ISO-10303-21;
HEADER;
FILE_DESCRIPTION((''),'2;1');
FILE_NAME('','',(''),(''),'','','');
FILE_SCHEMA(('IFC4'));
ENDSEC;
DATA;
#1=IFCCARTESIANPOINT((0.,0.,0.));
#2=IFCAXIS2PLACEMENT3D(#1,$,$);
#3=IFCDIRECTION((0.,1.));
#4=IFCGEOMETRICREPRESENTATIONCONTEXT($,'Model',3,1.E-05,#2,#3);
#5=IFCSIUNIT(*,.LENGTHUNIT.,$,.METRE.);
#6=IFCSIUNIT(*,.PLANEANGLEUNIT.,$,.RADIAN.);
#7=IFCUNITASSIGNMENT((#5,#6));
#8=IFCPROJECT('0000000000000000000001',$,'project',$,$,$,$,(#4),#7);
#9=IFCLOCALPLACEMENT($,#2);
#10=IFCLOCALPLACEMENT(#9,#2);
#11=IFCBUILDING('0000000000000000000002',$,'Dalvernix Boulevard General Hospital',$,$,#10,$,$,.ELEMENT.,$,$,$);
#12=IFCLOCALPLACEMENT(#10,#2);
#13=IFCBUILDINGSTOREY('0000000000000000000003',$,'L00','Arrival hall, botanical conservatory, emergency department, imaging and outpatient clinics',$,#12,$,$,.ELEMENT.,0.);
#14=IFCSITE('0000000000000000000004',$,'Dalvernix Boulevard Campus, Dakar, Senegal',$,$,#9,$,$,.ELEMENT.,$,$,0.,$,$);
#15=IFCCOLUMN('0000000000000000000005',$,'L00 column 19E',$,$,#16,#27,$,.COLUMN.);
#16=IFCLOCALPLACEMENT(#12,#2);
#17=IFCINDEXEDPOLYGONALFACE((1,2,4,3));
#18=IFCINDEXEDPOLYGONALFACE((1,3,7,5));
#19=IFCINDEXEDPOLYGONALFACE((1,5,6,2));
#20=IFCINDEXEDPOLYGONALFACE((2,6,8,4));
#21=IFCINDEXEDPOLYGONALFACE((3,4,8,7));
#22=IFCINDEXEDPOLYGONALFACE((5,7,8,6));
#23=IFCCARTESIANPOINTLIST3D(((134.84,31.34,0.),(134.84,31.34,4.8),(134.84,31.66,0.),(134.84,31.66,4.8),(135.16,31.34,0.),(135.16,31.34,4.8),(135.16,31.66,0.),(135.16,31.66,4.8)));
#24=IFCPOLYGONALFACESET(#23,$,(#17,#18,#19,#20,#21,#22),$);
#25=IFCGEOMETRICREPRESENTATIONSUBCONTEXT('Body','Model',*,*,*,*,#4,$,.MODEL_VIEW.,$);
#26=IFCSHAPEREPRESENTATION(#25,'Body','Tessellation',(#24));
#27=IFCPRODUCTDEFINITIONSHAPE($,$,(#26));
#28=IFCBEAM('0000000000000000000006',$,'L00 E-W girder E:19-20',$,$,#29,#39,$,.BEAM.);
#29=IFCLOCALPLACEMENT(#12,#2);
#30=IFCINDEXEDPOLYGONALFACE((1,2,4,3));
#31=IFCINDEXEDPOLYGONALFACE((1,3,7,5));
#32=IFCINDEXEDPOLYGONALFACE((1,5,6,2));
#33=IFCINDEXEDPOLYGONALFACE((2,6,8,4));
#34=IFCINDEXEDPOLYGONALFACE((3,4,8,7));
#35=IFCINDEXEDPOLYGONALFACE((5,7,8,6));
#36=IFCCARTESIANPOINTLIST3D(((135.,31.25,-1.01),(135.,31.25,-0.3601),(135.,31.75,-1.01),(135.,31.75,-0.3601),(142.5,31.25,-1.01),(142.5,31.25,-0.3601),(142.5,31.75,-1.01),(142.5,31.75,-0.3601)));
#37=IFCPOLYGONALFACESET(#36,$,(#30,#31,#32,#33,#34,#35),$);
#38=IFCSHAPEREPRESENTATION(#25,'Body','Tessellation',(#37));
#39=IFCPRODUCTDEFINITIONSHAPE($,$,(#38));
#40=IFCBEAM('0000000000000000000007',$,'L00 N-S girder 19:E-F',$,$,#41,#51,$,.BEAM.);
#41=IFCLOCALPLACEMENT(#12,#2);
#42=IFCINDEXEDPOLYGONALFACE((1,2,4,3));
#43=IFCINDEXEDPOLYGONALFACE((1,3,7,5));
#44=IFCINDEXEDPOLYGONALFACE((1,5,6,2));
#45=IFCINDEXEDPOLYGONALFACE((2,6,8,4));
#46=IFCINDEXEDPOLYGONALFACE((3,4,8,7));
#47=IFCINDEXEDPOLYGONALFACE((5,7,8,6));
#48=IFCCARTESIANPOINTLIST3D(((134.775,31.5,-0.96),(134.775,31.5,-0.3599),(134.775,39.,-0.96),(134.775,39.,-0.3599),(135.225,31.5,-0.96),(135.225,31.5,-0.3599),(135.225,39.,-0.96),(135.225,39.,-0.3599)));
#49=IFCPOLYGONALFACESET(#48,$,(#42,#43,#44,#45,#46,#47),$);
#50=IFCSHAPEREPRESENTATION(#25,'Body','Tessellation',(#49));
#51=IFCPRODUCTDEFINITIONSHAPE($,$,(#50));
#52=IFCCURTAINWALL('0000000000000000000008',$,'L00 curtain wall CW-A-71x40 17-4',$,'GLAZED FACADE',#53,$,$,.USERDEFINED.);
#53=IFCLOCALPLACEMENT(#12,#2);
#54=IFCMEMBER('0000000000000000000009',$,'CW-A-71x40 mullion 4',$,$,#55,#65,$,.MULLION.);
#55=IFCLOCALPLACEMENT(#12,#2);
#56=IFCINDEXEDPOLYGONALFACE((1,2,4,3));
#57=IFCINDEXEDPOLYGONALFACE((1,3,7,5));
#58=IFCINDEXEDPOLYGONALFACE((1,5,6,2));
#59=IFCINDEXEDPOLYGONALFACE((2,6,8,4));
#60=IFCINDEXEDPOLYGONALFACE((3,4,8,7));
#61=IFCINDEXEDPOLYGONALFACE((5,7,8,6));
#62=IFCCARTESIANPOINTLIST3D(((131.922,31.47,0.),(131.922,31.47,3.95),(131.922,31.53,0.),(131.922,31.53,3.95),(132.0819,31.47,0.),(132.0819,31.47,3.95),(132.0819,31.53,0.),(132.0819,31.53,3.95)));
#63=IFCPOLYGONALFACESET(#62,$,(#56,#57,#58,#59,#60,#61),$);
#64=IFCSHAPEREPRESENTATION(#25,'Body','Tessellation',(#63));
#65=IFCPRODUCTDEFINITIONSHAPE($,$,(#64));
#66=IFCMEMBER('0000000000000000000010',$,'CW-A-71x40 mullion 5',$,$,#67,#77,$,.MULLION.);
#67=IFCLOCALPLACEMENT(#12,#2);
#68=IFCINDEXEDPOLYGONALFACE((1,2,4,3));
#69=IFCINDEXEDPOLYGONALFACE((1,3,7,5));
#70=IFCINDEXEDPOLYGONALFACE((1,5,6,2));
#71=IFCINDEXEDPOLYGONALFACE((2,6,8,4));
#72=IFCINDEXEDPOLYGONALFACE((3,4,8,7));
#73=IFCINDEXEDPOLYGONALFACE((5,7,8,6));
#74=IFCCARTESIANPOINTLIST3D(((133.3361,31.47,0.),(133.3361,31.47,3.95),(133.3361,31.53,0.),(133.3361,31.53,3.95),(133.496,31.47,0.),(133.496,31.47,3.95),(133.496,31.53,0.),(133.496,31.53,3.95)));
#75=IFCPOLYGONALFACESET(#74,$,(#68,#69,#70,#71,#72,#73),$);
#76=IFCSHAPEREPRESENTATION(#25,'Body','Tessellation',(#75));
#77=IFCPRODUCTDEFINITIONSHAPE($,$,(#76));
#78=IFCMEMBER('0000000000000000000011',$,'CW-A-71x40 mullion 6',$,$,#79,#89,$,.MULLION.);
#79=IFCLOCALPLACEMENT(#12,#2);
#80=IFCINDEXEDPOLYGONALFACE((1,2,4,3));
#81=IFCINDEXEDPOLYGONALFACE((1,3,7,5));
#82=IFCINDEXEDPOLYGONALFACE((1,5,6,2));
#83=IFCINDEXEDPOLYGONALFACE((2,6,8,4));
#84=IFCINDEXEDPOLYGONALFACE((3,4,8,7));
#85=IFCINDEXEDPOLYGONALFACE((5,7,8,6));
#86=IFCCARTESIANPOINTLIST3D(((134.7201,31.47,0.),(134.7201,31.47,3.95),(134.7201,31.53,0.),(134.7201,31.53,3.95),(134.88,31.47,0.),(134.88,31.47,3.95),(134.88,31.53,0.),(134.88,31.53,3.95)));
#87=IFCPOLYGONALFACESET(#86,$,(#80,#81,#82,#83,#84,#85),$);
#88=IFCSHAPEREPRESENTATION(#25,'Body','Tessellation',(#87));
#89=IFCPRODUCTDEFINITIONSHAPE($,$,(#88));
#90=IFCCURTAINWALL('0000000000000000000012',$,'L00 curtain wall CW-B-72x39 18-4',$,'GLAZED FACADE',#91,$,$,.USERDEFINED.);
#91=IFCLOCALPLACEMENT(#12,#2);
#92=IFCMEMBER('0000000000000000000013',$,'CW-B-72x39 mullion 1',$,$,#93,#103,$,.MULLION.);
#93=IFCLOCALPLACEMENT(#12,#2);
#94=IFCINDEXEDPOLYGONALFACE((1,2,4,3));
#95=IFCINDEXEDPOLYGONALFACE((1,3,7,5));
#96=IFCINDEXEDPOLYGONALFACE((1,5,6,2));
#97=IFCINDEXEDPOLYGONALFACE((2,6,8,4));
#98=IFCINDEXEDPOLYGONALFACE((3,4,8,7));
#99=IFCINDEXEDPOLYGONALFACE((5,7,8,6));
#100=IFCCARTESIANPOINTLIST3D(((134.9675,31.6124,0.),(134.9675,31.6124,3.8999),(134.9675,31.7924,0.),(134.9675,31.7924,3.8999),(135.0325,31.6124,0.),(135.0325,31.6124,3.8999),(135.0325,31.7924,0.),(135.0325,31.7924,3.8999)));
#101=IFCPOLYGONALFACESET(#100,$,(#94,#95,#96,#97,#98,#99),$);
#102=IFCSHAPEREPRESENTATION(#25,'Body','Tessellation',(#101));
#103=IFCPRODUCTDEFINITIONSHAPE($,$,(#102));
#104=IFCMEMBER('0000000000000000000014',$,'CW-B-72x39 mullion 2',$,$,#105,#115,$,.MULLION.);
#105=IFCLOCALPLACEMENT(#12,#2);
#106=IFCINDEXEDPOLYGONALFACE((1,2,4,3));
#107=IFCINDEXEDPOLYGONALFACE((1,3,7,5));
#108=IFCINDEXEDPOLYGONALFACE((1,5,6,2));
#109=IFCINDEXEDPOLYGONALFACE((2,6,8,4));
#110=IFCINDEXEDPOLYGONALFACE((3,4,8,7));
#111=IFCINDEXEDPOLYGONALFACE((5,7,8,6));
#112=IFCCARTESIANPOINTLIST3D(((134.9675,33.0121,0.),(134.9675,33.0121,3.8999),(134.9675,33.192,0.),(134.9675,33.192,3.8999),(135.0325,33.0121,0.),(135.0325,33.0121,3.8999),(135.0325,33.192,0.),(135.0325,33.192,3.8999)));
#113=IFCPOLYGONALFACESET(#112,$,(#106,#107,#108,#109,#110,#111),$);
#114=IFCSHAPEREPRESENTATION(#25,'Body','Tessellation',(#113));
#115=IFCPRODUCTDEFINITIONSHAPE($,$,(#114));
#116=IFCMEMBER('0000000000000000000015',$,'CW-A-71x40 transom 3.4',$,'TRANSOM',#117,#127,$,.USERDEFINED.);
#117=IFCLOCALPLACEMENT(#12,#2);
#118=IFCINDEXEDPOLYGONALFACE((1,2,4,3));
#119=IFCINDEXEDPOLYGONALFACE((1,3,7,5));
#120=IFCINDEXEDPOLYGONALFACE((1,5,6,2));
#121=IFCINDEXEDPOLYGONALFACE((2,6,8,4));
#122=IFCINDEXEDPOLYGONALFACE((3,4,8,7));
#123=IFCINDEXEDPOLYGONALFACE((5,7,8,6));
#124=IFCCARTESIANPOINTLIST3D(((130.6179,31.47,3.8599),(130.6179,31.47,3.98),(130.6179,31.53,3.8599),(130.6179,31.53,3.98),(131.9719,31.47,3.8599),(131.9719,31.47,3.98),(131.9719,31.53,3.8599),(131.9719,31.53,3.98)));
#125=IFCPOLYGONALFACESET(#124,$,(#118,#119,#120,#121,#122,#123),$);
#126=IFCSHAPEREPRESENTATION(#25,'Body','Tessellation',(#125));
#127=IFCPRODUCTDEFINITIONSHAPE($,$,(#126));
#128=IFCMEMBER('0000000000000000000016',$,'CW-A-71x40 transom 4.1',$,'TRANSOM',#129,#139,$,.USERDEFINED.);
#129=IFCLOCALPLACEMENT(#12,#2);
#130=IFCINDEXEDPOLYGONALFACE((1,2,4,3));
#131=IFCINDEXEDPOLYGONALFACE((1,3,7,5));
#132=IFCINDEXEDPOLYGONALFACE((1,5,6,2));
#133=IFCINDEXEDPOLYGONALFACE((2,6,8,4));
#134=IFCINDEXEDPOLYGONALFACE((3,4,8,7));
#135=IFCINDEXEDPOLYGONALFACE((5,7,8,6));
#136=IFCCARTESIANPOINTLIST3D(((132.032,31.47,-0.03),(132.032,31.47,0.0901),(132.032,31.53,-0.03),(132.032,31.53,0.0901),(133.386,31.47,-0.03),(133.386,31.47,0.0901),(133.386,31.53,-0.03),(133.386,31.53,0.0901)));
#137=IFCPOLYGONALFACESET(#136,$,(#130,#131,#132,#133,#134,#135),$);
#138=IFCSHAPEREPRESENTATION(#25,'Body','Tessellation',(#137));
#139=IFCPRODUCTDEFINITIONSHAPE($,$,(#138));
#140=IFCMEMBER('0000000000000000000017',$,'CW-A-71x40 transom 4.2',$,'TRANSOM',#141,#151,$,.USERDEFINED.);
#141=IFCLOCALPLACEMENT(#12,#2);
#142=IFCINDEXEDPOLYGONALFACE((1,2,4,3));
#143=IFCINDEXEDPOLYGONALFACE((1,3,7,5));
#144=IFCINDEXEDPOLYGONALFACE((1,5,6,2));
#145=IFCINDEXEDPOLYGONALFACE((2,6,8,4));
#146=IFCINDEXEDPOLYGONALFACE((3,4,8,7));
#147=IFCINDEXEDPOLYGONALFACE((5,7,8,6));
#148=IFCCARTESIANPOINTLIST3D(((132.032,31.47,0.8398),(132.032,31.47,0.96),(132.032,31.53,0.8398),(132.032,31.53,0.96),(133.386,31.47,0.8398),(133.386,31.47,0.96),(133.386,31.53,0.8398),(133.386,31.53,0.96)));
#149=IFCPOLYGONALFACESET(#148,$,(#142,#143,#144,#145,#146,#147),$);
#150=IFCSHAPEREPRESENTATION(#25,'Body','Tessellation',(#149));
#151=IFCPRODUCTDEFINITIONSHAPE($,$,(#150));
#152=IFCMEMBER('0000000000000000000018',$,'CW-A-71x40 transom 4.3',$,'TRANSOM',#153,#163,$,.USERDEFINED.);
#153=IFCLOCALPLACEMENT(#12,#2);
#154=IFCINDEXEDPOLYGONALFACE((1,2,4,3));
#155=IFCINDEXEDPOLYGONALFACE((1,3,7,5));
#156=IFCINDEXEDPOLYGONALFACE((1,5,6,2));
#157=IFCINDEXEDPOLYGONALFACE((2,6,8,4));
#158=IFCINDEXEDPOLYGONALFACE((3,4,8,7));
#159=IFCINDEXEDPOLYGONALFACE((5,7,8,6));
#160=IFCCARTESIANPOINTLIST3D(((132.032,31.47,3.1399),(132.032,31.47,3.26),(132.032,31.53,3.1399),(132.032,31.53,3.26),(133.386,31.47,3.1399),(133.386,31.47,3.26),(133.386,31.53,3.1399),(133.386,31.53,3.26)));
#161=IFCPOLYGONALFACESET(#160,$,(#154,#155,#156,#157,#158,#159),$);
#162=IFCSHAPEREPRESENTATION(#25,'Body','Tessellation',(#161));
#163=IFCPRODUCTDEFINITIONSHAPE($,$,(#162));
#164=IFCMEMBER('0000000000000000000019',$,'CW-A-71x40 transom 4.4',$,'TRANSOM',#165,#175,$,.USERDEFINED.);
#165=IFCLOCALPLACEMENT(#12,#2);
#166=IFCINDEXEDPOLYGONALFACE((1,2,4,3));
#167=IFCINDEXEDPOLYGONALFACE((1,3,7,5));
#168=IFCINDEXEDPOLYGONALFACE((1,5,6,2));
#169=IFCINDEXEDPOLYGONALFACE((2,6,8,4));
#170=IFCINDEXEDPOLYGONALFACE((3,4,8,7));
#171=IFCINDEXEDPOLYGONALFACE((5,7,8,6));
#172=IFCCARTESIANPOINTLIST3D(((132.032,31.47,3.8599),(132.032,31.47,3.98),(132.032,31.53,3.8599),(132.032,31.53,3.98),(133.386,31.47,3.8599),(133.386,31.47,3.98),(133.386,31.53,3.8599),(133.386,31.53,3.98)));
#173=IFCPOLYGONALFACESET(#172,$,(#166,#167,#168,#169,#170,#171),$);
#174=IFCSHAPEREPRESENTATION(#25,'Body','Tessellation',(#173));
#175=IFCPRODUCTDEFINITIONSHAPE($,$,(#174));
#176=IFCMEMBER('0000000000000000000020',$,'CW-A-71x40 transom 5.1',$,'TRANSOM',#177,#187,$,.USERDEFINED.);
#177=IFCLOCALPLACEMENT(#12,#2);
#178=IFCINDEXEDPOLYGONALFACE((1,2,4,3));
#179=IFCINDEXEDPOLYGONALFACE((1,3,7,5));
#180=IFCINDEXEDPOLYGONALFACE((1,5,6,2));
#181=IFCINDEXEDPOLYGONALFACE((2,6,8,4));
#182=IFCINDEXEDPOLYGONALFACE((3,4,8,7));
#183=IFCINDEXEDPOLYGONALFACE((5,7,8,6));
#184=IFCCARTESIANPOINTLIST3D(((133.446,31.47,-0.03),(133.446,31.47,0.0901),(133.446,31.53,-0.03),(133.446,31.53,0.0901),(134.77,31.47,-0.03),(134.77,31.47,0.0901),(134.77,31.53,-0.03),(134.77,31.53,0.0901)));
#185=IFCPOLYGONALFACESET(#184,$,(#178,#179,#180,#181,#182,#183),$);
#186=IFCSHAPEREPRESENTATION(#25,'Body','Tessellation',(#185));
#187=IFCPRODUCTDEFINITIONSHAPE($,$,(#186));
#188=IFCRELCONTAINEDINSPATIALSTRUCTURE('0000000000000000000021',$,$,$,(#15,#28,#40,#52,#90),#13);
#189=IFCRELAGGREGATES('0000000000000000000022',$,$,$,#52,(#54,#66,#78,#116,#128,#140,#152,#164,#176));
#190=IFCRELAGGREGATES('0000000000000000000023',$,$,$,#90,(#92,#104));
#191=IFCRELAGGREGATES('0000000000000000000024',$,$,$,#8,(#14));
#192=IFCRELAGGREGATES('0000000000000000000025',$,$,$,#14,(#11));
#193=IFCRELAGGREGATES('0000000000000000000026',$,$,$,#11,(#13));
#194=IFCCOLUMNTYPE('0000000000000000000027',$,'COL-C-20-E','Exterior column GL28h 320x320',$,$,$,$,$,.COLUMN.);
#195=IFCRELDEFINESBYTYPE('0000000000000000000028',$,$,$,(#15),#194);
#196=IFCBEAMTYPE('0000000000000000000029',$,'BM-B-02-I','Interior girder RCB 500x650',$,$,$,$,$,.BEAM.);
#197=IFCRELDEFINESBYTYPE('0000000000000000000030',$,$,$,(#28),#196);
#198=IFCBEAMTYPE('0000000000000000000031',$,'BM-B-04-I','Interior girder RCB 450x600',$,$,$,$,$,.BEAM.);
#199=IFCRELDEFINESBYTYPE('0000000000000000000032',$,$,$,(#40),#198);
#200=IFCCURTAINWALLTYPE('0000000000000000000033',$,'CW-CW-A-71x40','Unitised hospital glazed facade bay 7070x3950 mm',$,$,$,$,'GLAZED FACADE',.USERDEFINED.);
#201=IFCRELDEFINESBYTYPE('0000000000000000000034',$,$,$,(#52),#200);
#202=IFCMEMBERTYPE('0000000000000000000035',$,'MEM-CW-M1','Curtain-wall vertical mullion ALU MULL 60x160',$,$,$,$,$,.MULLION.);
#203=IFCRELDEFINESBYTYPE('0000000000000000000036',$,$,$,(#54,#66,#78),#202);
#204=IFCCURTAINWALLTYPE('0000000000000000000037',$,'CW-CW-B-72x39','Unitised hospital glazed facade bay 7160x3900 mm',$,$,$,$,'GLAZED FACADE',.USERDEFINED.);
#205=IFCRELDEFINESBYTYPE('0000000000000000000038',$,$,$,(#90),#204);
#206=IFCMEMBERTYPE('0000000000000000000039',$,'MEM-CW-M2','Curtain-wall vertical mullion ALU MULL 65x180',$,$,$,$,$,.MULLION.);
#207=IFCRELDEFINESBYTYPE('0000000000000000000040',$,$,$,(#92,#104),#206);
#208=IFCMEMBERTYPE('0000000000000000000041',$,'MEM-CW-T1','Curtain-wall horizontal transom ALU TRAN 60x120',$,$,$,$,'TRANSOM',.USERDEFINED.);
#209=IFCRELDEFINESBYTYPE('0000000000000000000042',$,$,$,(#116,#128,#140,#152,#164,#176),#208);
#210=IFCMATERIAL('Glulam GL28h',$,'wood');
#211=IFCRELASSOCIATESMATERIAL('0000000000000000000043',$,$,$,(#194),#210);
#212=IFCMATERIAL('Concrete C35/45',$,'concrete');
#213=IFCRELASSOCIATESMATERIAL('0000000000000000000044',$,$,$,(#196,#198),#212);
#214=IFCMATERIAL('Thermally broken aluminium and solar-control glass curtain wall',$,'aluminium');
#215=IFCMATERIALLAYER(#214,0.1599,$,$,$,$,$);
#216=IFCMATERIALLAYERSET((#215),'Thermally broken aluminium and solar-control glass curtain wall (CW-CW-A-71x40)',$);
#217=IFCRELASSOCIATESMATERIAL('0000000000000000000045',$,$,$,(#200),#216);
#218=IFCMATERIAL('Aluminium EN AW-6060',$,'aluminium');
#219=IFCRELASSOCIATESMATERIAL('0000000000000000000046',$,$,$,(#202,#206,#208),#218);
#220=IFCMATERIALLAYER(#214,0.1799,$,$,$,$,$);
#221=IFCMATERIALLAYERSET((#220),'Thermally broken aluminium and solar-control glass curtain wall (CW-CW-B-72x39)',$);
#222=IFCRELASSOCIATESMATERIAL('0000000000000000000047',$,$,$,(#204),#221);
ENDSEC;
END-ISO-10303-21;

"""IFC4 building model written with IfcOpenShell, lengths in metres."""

from ifc_helpers import new_model, si_unit, direction, frame, origin, origin_2d, place, context, subcontext, project, spatial, rectangle, extrude, material, layer, layer_set, material_profile, profile_set, type_object, element, aggregate, save


model = new_model("IFC4")

# Units and contexts
model_context = context("Model", 3, precision=1e-05, world=origin(), true_north=direction((0.0, 1.0)))
body_context = subcontext(model_context, "Body", "Model", "MODEL_VIEW")
ifc_project = project(units=[si_unit("LENGTHUNIT", "METRE"), si_unit("PLANEANGLEUNIT", "RADIAN")], contexts=[model_context])

# Site, building, storey
site_placement = place(None, origin())
site = spatial("IfcSite", under=ifc_project, at=site_placement, Name="Dalvernix Boulevard Campus, Dakar, Senegal", CompositionType="ELEMENT", RefElevation=0.0)
building_placement = place(site_placement, origin())
building = spatial("IfcBuilding", under=site, at=building_placement, Name="Dalvernix Boulevard General Hospital", CompositionType="ELEMENT")
storey_placement = place(building_placement, origin())
storey = spatial("IfcBuildingStorey", under=building, at=storey_placement, Name="L00", Description="Arrival hall, botanical conservatory, emergency department, imaging and outpatient clinics", CompositionType="ELEMENT", Elevation=0.0)

# Column
ifc_material_1 = material(Name="Glulam GL28h", Category="wood")
ifc_material_profile_1 = material_profile(ifc_material_1, rectangle(XDim=0.3201, YDim=0.3201, at=origin_2d()), Name="GL28h 320x320")
ifc_profile_set_1 = profile_set([ifc_material_profile_1], Name="Glulam GL28h")
column_type = type_object("IfcColumnType", Name="COL-C-20-E", Description="Exterior column GL28h 320x320", PredefinedType="COLUMN", material=ifc_profile_set_1)
column_placement = place(storey_placement, frame((135.0, 31.5, 0.0), z_axis=(0.0, 0.0, 1.0), x_axis=(1.0, 0.0, 0.0)))
element("IfcColumn", 1, at=column_placement, inside=storey, type_object=column_type, Name="L00 column 19E", PredefinedType="COLUMN", context=body_context, shape_type="SweptSolid", body=[
    extrude(rectangle(XDim=0.3201, YDim=0.3201, at=origin_2d()), origin(), (0.0, 0.0, 1.0), 4.8),
])

# Beams
ifc_material_2 = material(Name="Concrete C35/45", Category="concrete")
ifc_material_profile_2 = material_profile(ifc_material_2, rectangle(XDim=0.5, YDim=0.6499, at=origin_2d()), Name="RCB 500x650")
ifc_profile_set_2 = profile_set([ifc_material_profile_2], Name="Concrete C35/45")
beam_type_1 = type_object("IfcBeamType", Name="BM-B-02-I", Description="Interior girder RCB 500x650", PredefinedType="BEAM", material=ifc_profile_set_2)
beam_1_placement = place(storey_placement, frame((135.0, 31.5, -0.6851), z_axis=(1.0, 0.0, 0.0), x_axis=(0.0, 1.0, 0.0)))
element("IfcBeam", 2, at=beam_1_placement, inside=storey, type_object=beam_type_1, Name="L00 E-W girder E:19-20", PredefinedType="BEAM", context=body_context, shape_type="SweptSolid", body=[
    extrude(rectangle(XDim=0.5, YDim=0.6499, at=origin_2d()), origin(), (0.0, 0.0, 1.0), 7.5),
])
ifc_material_profile_3 = material_profile(ifc_material_2, rectangle(XDim=0.45, YDim=0.6001, at=origin_2d()), Name="RCB 450x600")
ifc_profile_set_3 = profile_set([ifc_material_profile_3], Name="Concrete C35/45")
beam_type_2 = type_object("IfcBeamType", Name="BM-B-04-I", Description="Interior girder RCB 450x600", PredefinedType="BEAM", material=ifc_profile_set_3)
beam_2_placement = place(storey_placement, frame((135.0, 31.5, -0.6599), z_axis=(0.0, 1.0, 0.0), x_axis=(-1.0, 0.0, 0.0)))
element("IfcBeam", 3, at=beam_2_placement, inside=storey, type_object=beam_type_2, Name="L00 N-S girder 19:E-F", PredefinedType="BEAM", context=body_context, shape_type="SweptSolid", body=[
    extrude(rectangle(XDim=0.45, YDim=0.6001, at=origin_2d()), origin(), (0.0, 0.0, 1.0), 7.5),
])

# Curtain walls, members
ifc_material_3 = material(Name="Thermally broken aluminium and solar-control glass curtain wall", Category="aluminium")
ifc_layer_1 = layer(ifc_material_3, 0.1599)
ifc_layer_set_1 = layer_set([ifc_layer_1], Name="Thermally broken aluminium and solar-control glass curtain wall (CW-CW-A-71x40)")
curtain_wall_type_1 = type_object("IfcCurtainWallType", Name="CW-CW-A-71x40", Description="Unitised hospital glazed facade bay 7070x3950 mm", ElementType="GLAZED FACADE", PredefinedType="USERDEFINED", material=ifc_layer_set_1)
curtain_wall_1_placement = place(storey_placement, origin())
curtain_wall_1 = element("IfcCurtainWall", 4, at=curtain_wall_1_placement, inside=storey, type_object=curtain_wall_type_1, Name="L00 curtain wall CW-A-71x40 17-4", ObjectType="GLAZED FACADE", PredefinedType="USERDEFINED")
ifc_material_4 = material(Name="Aluminium EN AW-6060", Category="aluminium")
ifc_material_profile_4 = material_profile(ifc_material_4, rectangle(XDim=0.0601, YDim=0.1599, at=origin_2d()), Name="ALU MULL 60x160")
ifc_profile_set_4 = profile_set([ifc_material_profile_4], Name="Aluminium EN AW-6060")
member_type_1 = type_object("IfcMemberType", Name="MEM-CW-M1", Description="Curtain-wall vertical mullion ALU MULL 60x160", PredefinedType="MULLION", material=ifc_profile_set_4)
member_1_placement = place(storey_placement, frame((132.002, 31.5, 0.0), z_axis=(0.0, 0.0, 1.0), x_axis=(0.0, 1.0, 0.0)))
member_1 = element("IfcMember", 5, at=member_1_placement, type_object=member_type_1, Name="CW-A-71x40 mullion 4", PredefinedType="MULLION", context=body_context, shape_type="SweptSolid", body=[
    extrude(rectangle(XDim=0.0601, YDim=0.1599, at=origin_2d()), origin(), (0.0, 0.0, 1.0), 3.95),
])
member_2_placement = place(storey_placement, frame((133.416, 31.5, 0.0), z_axis=(0.0, 0.0, 1.0), x_axis=(0.0, 1.0, 0.0)))
member_2 = element("IfcMember", 6, at=member_2_placement, type_object=member_type_1, Name="CW-A-71x40 mullion 5", PredefinedType="MULLION", context=body_context, shape_type="SweptSolid", body=[
    extrude(rectangle(XDim=0.0601, YDim=0.1599, at=origin_2d()), origin(), (0.0, 0.0, 1.0), 3.95),
])
member_3_placement = place(storey_placement, frame((134.8, 31.5, 0.0), z_axis=(0.0, 0.0, 1.0), x_axis=(0.0, 1.0, 0.0)))
member_3 = element("IfcMember", 7, at=member_3_placement, type_object=member_type_1, Name="CW-A-71x40 mullion 6", PredefinedType="MULLION", context=body_context, shape_type="SweptSolid", body=[
    extrude(rectangle(XDim=0.0601, YDim=0.1599, at=origin_2d()), origin(), (0.0, 0.0, 1.0), 3.95),
])
ifc_layer_2 = layer(ifc_material_3, 0.1799)
ifc_layer_set_2 = layer_set([ifc_layer_2], Name="Thermally broken aluminium and solar-control glass curtain wall (CW-CW-B-72x39)")
curtain_wall_type_2 = type_object("IfcCurtainWallType", Name="CW-CW-B-72x39", Description="Unitised hospital glazed facade bay 7160x3900 mm", ElementType="GLAZED FACADE", PredefinedType="USERDEFINED", material=ifc_layer_set_2)
curtain_wall_2_placement = place(storey_placement, origin())
curtain_wall_2 = element("IfcCurtainWall", 8, at=curtain_wall_2_placement, inside=storey, type_object=curtain_wall_type_2, Name="L00 curtain wall CW-B-72x39 18-4", ObjectType="GLAZED FACADE", PredefinedType="USERDEFINED")
ifc_material_profile_5 = material_profile(ifc_material_4, rectangle(XDim=0.0649, YDim=0.1799, at=origin_2d()), Name="ALU MULL 65x180")
ifc_profile_set_5 = profile_set([ifc_material_profile_5], Name="Aluminium EN AW-6060")
member_type_2 = type_object("IfcMemberType", Name="MEM-CW-M2", Description="Curtain-wall vertical mullion ALU MULL 65x180", PredefinedType="MULLION", material=ifc_profile_set_5)
member_4_placement = place(storey_placement, frame((135.0, 31.7024, 0.0), z_axis=(0.0, 0.0, 1.0), x_axis=(-1.0, 0.0, 0.0)))
member_4 = element("IfcMember", 9, at=member_4_placement, type_object=member_type_2, Name="CW-B-72x39 mullion 1", PredefinedType="MULLION", context=body_context, shape_type="SweptSolid", body=[
    extrude(rectangle(XDim=0.0649, YDim=0.1799, at=origin_2d()), origin(), (0.0, 0.0, 1.0), 3.8999),
])
member_5_placement = place(storey_placement, frame((135.0, 33.1021, 0.0), z_axis=(0.0, 0.0, 1.0), x_axis=(-1.0, 0.0, 0.0)))
member_5 = element("IfcMember", 10, at=member_5_placement, type_object=member_type_2, Name="CW-B-72x39 mullion 2", PredefinedType="MULLION", context=body_context, shape_type="SweptSolid", body=[
    extrude(rectangle(XDim=0.0649, YDim=0.1799, at=origin_2d()), origin(), (0.0, 0.0, 1.0), 3.8999),
])

# Members
ifc_material_profile_6 = material_profile(ifc_material_4, rectangle(XDim=0.0601, YDim=0.1201, at=origin_2d()), Name="ALU TRAN 60x120")
ifc_profile_set_6 = profile_set([ifc_material_profile_6], Name="Aluminium EN AW-6060")
member_type_3 = type_object("IfcMemberType", Name="MEM-CW-T1", Description="Curtain-wall horizontal transom ALU TRAN 60x120", ElementType="TRANSOM", PredefinedType="USERDEFINED", material=ifc_profile_set_6)
member_6_placement = place(storey_placement, frame((130.6179, 31.5, 3.9199), z_axis=(1.0, 0.0, 0.0), x_axis=(0.0, 1.0, 0.0)))
member_6 = element("IfcMember", 11, at=member_6_placement, type_object=member_type_3, Name="CW-A-71x40 transom 3.4", ObjectType="TRANSOM", PredefinedType="USERDEFINED", context=body_context, shape_type="SweptSolid", body=[
    extrude(rectangle(XDim=0.0601, YDim=0.1201, at=origin_2d()), origin(), (0.0, 0.0, 1.0), 1.354),
])
member_7_placement = place(storey_placement, frame((132.032, 31.5, 0.03), z_axis=(1.0, 0.0, 0.0), x_axis=(0.0, 1.0, 0.0)))
member_7 = element("IfcMember", 12, at=member_7_placement, type_object=member_type_3, Name="CW-A-71x40 transom 4.1", ObjectType="TRANSOM", PredefinedType="USERDEFINED", context=body_context, shape_type="SweptSolid", body=[
    extrude(rectangle(XDim=0.0601, YDim=0.1201, at=origin_2d()), origin(), (0.0, 0.0, 1.0), 1.354),
])
member_8_placement = place(storey_placement, frame((132.032, 31.5, 0.8999), z_axis=(1.0, 0.0, 0.0), x_axis=(0.0, 1.0, 0.0)))
member_8 = element("IfcMember", 13, at=member_8_placement, type_object=member_type_3, Name="CW-A-71x40 transom 4.2", ObjectType="TRANSOM", PredefinedType="USERDEFINED", context=body_context, shape_type="SweptSolid", body=[
    extrude(rectangle(XDim=0.0601, YDim=0.1201, at=origin_2d()), origin(), (0.0, 0.0, 1.0), 1.354),
])
member_9_placement = place(storey_placement, frame((132.032, 31.5, 3.2), z_axis=(1.0, 0.0, 0.0), x_axis=(0.0, 1.0, 0.0)))
member_9 = element("IfcMember", 14, at=member_9_placement, type_object=member_type_3, Name="CW-A-71x40 transom 4.3", ObjectType="TRANSOM", PredefinedType="USERDEFINED", context=body_context, shape_type="SweptSolid", body=[
    extrude(rectangle(XDim=0.0601, YDim=0.1201, at=origin_2d()), origin(), (0.0, 0.0, 1.0), 1.354),
])
member_10_placement = place(storey_placement, frame((132.032, 31.5, 3.9199), z_axis=(1.0, 0.0, 0.0), x_axis=(0.0, 1.0, 0.0)))
member_10 = element("IfcMember", 15, at=member_10_placement, type_object=member_type_3, Name="CW-A-71x40 transom 4.4", ObjectType="TRANSOM", PredefinedType="USERDEFINED", context=body_context, shape_type="SweptSolid", body=[
    extrude(rectangle(XDim=0.0601, YDim=0.1201, at=origin_2d()), origin(), (0.0, 0.0, 1.0), 1.354),
])
member_11_placement = place(storey_placement, frame((133.446, 31.5, 0.03), z_axis=(1.0, 0.0, 0.0), x_axis=(0.0, 1.0, 0.0)))
member_11 = element("IfcMember", 16, at=member_11_placement, type_object=member_type_3, Name="CW-A-71x40 transom 5.1", ObjectType="TRANSOM", PredefinedType="USERDEFINED", context=body_context, shape_type="SweptSolid", body=[
    extrude(rectangle(XDim=0.0601, YDim=0.1201, at=origin_2d()), origin(), (0.0, 0.0, 1.0), 1.324),
])

aggregate(curtain_wall_1, [member_1, member_2, member_3, member_6, member_7, member_8, member_9, member_10, member_11])
aggregate(curtain_wall_2, [member_4, member_5])

save(model, "model.ifc")
